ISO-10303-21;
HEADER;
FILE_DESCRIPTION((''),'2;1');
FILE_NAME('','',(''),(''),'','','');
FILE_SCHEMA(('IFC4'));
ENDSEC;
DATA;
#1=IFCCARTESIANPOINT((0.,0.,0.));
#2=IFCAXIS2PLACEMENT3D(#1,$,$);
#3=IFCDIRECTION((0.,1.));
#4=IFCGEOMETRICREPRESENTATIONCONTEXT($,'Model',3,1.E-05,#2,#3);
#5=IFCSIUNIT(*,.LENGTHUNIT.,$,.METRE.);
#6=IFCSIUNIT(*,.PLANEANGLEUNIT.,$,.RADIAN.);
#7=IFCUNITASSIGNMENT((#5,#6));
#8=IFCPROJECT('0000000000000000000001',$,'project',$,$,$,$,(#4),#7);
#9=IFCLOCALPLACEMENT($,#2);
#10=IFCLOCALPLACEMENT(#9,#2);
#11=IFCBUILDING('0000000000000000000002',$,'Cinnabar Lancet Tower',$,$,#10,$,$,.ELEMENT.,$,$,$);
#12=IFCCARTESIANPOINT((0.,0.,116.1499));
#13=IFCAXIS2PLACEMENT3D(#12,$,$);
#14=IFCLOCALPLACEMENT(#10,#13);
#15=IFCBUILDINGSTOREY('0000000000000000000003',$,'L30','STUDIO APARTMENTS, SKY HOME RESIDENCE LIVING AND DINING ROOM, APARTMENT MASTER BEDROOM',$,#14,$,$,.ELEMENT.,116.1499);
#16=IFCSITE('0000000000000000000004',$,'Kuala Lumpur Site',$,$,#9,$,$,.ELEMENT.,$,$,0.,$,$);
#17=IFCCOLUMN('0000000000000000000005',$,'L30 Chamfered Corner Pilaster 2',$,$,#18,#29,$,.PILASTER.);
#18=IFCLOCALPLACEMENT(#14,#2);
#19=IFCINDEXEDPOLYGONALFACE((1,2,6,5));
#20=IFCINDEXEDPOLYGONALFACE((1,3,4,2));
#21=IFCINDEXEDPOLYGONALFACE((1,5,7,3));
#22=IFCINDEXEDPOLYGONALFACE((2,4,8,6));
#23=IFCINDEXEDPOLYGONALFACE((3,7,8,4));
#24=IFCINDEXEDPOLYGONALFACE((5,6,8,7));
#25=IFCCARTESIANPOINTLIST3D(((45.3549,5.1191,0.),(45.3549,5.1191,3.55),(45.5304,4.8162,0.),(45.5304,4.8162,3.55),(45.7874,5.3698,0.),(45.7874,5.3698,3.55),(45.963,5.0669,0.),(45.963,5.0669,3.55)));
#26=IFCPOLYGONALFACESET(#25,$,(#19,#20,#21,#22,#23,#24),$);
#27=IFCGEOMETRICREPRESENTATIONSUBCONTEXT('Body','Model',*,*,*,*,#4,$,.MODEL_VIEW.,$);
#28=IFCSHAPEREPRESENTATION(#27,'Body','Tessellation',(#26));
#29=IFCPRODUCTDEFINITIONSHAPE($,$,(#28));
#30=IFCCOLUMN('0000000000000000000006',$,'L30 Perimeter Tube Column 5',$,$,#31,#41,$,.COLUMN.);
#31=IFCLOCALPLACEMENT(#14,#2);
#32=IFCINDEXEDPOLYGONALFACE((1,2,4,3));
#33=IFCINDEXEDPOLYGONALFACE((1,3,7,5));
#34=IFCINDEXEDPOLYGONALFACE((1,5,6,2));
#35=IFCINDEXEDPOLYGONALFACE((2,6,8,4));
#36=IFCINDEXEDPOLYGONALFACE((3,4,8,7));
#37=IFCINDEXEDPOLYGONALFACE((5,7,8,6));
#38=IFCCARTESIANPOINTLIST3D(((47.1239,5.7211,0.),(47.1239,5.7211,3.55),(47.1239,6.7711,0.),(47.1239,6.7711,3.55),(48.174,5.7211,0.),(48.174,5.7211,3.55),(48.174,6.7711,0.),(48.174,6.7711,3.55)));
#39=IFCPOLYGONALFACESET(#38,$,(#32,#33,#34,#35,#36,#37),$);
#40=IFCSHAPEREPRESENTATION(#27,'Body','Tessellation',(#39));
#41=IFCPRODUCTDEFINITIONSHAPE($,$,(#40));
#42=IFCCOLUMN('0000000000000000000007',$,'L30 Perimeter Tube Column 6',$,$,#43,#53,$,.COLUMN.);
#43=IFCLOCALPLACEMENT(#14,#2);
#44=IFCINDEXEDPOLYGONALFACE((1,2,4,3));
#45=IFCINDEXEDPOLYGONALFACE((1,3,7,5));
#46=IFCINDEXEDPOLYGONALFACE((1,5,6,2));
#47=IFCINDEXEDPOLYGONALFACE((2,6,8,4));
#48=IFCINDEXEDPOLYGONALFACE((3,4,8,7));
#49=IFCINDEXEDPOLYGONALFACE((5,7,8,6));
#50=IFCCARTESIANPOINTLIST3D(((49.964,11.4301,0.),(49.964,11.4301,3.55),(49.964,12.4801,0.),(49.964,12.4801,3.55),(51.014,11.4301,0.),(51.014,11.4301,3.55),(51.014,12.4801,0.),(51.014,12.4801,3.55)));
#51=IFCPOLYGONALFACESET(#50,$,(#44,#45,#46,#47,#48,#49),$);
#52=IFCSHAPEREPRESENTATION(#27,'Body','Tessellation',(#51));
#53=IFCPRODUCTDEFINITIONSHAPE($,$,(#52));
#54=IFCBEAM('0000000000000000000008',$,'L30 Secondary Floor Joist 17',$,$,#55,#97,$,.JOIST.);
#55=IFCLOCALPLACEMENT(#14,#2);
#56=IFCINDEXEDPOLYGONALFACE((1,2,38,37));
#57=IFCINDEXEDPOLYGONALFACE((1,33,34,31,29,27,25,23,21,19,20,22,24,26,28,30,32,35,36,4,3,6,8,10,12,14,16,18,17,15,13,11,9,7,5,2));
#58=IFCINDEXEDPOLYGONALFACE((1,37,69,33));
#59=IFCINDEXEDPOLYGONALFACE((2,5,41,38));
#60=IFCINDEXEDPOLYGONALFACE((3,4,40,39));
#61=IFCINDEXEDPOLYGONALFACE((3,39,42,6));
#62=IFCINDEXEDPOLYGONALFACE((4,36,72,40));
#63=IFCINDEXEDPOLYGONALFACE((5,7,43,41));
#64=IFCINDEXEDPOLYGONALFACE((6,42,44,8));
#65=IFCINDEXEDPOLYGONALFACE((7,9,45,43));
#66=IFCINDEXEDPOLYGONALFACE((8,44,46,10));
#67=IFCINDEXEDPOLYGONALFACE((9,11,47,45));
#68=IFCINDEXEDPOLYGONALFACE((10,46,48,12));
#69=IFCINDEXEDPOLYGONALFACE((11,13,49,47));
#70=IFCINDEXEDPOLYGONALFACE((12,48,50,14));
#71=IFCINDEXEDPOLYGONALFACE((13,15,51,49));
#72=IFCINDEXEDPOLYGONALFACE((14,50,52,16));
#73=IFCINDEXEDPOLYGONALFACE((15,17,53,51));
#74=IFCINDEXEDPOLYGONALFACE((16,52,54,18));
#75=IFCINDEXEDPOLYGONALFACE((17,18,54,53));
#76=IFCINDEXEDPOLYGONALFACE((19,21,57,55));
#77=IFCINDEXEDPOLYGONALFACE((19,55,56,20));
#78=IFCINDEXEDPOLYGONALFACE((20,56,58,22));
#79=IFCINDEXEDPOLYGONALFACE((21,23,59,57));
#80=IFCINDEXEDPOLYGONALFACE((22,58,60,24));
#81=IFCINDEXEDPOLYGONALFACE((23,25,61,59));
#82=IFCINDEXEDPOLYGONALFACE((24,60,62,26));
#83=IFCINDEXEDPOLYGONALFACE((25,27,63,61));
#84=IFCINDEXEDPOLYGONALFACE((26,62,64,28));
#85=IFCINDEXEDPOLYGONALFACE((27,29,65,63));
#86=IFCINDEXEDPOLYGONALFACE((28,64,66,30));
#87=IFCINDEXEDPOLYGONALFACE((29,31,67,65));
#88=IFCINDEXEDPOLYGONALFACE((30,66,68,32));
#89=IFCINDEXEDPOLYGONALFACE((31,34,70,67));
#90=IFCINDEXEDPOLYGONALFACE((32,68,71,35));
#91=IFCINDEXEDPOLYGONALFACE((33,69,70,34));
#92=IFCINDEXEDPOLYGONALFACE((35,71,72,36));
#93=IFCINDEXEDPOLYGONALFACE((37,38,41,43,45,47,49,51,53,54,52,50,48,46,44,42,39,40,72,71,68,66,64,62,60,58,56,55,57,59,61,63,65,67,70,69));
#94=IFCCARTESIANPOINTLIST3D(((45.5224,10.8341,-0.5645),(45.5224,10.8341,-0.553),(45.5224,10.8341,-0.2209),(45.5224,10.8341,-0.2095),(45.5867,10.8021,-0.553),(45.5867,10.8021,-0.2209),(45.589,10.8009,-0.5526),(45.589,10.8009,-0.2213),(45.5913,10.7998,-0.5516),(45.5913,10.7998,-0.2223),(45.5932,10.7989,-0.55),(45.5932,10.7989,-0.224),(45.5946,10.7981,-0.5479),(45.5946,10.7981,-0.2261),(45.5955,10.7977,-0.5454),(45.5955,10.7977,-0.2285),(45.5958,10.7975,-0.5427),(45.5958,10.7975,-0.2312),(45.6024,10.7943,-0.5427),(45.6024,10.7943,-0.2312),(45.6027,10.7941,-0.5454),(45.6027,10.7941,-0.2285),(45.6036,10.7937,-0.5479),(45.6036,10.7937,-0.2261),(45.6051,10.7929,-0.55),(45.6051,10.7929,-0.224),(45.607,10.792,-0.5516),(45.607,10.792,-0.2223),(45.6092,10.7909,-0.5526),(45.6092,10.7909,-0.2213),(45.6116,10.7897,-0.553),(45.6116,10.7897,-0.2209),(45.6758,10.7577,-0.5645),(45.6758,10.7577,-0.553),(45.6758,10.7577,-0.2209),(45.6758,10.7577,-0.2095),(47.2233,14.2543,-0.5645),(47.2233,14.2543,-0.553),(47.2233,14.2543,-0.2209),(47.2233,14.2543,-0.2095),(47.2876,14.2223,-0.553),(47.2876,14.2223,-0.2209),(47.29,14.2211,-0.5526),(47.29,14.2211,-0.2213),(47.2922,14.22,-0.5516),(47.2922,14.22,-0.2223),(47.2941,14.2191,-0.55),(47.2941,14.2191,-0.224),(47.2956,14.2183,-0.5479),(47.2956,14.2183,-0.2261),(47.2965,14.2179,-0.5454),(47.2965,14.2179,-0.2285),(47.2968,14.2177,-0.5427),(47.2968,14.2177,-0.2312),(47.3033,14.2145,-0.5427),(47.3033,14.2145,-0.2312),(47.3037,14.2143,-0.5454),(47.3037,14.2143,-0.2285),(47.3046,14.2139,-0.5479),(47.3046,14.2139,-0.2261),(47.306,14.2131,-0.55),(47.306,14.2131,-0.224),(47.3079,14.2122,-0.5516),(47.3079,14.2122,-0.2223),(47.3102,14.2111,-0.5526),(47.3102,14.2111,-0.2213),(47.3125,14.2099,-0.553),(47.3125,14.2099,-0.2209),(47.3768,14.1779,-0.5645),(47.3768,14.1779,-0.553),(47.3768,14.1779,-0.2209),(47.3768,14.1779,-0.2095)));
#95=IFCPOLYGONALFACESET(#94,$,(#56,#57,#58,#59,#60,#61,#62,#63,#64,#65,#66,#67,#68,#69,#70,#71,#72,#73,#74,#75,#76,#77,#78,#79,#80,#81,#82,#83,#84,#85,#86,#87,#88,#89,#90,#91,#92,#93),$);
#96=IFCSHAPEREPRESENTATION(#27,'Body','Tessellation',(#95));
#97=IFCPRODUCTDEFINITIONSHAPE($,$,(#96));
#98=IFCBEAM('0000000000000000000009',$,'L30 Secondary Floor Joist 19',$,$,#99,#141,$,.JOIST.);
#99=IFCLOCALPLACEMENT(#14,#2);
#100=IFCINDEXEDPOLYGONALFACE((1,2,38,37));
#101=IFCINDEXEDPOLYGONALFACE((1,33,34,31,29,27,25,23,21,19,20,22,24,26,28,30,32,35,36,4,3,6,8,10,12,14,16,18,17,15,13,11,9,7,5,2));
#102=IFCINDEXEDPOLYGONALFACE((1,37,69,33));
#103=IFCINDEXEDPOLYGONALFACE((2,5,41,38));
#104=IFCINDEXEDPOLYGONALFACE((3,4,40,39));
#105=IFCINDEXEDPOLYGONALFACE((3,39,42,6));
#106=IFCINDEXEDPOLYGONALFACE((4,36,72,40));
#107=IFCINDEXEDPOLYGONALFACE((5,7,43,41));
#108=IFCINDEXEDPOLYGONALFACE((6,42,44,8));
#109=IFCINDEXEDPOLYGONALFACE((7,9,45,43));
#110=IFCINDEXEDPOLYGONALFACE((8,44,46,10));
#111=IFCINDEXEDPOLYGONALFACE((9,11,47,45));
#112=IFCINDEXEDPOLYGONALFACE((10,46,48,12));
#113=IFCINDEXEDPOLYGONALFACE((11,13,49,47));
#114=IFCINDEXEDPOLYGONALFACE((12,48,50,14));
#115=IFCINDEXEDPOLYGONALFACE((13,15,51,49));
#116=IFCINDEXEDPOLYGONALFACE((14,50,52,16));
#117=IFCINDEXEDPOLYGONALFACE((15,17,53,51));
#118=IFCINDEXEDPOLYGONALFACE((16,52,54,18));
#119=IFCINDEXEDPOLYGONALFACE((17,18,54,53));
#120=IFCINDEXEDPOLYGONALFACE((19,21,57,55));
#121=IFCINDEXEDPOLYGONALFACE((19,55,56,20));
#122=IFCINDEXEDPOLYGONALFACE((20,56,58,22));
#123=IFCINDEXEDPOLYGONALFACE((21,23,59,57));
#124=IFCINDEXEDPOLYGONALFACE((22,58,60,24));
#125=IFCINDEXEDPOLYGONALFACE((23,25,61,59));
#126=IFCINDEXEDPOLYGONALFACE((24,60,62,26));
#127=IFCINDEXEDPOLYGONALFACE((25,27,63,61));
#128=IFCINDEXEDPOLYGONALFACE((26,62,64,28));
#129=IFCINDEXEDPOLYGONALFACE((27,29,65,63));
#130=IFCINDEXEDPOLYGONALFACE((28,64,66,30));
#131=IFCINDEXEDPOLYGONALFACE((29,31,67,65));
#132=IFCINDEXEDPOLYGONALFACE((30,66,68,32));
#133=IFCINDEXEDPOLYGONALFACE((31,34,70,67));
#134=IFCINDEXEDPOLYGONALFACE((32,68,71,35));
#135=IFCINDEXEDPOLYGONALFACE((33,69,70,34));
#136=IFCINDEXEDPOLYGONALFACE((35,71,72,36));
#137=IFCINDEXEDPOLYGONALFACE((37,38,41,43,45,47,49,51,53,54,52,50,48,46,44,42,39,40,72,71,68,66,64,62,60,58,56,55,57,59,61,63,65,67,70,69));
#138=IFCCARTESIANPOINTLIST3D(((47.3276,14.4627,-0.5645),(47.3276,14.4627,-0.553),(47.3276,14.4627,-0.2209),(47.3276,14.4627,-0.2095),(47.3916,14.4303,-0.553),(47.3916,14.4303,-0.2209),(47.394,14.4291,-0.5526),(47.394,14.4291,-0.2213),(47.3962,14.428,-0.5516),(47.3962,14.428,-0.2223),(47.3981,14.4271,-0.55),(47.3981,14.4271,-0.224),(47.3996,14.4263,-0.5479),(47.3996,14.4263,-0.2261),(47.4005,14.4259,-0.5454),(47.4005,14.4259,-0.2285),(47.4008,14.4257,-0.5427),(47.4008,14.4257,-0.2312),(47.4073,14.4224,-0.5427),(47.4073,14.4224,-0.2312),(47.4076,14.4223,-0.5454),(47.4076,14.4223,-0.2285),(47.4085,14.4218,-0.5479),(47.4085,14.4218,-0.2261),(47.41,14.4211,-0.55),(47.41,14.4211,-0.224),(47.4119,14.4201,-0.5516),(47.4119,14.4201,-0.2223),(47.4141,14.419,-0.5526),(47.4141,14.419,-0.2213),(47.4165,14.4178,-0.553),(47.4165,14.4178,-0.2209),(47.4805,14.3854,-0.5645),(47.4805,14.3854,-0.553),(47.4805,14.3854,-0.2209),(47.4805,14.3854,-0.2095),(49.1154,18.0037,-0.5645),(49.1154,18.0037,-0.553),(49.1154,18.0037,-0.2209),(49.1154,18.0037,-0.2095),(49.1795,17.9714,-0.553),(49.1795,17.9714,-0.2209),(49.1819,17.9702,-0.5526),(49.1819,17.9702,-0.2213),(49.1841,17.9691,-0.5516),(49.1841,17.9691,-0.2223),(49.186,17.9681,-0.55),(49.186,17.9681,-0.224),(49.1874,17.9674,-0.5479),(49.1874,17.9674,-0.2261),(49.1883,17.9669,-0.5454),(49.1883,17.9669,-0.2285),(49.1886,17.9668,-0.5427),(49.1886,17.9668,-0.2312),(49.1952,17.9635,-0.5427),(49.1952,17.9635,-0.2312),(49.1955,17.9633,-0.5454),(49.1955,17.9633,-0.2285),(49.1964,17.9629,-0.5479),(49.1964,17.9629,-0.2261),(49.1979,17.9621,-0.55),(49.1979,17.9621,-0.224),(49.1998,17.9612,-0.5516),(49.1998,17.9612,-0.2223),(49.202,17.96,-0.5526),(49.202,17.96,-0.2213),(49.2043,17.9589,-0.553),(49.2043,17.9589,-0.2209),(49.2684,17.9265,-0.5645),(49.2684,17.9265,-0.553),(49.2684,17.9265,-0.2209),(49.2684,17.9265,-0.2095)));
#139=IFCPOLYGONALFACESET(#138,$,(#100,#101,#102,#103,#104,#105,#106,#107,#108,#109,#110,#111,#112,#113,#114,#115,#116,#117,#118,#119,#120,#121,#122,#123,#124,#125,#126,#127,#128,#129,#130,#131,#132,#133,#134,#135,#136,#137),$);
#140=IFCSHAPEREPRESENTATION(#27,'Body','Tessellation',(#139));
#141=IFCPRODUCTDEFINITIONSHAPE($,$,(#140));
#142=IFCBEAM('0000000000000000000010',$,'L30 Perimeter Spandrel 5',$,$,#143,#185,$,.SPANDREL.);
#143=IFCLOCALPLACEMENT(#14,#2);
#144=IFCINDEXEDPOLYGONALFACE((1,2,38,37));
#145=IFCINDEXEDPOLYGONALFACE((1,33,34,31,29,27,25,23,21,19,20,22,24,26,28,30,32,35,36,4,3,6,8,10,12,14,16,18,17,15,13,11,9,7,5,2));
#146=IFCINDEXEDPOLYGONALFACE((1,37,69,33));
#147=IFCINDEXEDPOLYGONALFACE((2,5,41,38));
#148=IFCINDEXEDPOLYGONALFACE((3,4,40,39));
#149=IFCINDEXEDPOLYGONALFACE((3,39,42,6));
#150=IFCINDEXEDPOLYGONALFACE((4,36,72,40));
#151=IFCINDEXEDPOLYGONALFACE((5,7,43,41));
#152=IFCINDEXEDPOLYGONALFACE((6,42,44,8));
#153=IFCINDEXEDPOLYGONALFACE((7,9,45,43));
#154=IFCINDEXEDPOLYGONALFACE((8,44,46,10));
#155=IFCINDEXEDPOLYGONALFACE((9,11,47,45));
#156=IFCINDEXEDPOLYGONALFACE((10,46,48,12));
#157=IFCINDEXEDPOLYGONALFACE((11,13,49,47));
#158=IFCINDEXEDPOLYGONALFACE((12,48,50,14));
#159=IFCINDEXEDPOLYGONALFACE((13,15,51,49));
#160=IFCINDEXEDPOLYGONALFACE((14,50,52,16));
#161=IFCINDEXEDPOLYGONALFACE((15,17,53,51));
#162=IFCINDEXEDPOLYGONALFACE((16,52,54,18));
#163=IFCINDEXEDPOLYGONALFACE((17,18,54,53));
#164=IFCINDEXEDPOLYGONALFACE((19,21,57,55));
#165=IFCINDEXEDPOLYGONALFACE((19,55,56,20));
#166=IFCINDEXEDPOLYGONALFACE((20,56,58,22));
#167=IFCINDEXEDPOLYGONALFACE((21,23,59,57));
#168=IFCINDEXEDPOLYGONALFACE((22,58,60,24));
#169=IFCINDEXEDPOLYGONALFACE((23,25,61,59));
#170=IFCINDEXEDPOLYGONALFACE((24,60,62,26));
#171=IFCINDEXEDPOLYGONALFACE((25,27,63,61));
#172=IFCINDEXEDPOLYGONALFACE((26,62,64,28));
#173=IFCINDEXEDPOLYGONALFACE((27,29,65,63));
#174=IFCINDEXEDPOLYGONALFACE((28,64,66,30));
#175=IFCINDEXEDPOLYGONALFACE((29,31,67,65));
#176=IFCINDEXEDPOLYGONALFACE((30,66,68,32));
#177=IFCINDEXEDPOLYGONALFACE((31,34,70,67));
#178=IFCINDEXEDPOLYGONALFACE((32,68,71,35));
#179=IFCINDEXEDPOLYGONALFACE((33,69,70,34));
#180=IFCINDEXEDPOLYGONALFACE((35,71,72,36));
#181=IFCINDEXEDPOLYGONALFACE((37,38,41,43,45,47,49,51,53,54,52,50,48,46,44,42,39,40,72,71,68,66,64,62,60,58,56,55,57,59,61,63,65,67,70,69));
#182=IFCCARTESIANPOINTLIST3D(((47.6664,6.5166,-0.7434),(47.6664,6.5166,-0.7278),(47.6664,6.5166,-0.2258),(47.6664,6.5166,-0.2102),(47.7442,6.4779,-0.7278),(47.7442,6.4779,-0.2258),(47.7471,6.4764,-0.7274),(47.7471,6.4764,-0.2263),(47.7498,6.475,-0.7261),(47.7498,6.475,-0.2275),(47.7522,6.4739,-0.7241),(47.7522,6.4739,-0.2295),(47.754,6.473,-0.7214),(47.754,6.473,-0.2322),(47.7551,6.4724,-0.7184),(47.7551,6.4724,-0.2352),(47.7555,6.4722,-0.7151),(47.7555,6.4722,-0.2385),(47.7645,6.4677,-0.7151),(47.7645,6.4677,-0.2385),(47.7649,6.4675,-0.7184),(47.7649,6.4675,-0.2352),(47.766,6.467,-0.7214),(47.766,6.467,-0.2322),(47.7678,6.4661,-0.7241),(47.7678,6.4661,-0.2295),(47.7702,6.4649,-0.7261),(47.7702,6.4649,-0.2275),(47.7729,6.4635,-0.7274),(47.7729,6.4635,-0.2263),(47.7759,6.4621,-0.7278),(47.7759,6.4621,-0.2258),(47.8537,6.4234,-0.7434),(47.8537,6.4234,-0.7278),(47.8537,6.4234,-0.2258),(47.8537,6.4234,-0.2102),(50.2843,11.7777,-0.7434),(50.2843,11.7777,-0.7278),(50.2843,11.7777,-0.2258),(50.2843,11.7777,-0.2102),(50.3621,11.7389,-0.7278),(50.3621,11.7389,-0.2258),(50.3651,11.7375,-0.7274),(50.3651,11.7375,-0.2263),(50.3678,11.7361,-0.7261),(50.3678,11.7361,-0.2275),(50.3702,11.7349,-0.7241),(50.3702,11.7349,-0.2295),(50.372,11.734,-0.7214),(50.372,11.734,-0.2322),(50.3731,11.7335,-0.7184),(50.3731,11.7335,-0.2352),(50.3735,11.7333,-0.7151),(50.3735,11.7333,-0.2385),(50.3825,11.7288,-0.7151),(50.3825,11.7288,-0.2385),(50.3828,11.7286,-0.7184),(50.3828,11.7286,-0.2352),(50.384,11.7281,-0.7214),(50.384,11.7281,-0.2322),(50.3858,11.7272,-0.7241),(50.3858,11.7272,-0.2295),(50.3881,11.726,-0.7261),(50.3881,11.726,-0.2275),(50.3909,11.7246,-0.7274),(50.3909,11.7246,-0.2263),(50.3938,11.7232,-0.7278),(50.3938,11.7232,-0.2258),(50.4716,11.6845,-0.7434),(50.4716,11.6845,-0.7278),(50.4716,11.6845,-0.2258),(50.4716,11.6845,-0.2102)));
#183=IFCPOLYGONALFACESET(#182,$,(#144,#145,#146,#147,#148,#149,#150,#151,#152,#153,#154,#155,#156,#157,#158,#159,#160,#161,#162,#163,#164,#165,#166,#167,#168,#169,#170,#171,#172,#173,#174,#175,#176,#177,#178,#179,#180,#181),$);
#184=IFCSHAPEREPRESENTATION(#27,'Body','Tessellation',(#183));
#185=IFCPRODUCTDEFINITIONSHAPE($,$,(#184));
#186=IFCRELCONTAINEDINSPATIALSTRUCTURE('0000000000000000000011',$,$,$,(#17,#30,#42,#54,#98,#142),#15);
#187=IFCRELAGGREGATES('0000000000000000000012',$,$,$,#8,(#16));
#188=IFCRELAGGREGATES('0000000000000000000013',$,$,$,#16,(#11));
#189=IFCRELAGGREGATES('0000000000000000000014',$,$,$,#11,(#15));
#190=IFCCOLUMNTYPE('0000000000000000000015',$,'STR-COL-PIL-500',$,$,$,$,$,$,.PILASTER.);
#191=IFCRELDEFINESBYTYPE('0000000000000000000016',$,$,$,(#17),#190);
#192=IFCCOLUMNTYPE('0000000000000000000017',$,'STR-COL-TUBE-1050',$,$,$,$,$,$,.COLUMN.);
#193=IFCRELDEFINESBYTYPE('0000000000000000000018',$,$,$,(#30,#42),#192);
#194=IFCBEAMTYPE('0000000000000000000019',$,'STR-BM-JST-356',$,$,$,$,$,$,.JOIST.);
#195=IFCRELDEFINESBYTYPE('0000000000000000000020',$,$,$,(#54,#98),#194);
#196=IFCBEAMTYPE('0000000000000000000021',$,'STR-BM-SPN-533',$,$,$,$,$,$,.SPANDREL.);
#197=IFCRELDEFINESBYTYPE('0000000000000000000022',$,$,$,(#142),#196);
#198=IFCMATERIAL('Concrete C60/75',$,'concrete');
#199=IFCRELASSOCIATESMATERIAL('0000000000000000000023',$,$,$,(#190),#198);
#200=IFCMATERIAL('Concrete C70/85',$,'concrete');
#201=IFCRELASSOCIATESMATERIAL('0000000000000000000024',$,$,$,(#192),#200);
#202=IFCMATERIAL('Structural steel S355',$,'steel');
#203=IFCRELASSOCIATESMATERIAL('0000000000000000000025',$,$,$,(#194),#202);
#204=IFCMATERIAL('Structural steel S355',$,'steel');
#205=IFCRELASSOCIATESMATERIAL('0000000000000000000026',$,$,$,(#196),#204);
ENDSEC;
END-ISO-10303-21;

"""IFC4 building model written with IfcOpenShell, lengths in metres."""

from ifc_helpers import new_model, si_unit, direction, frame, origin, origin_2d, place, context, subcontext, project, spatial, rectangle, i_section, extrude, material, material_profile, profile_set, type_object, element, save


model = new_model("IFC4")

# Units and contexts
model_context = context("Model", 3, precision=1e-05, world=origin(), true_north=direction((0.0, 1.0)))
body_context = subcontext(model_context, "Body", "Model", "MODEL_VIEW")
ifc_project = project(units=[si_unit("LENGTHUNIT", "METRE"), si_unit("PLANEANGLEUNIT", "RADIAN")], contexts=[model_context])

# Site, building, storey
site_placement = place(None, origin())
site = spatial("IfcSite", under=ifc_project, at=site_placement, Name="Kuala Lumpur Site", CompositionType="ELEMENT", RefElevation=0.0)
building_placement = place(site_placement, origin())
building = spatial("IfcBuilding", under=site, at=building_placement, Name="Cinnabar Lancet Tower", CompositionType="ELEMENT")
storey_placement = place(building_placement, frame((0.0, 0.0, 116.1499)))
storey = spatial("IfcBuildingStorey", under=building, at=storey_placement, Name="L30", Description="STUDIO APARTMENTS, SKY HOME RESIDENCE LIVING AND DINING ROOM, APARTMENT MASTER BEDROOM", CompositionType="ELEMENT", Elevation=116.1499)

# Columns
ifc_material_1 = material(Name="Concrete C60/75", Category="concrete")
ifc_material_profile_1 = material_profile(ifc_material_1, rectangle(XDim=0.5, YDim=0.3501, at=origin_2d()), Name="RC-PIL 500x350")
ifc_profile_set_1 = profile_set([ifc_material_profile_1], Name="Concrete C60/75")
column_type_1 = type_object("IfcColumnType", Name="STR-COL-PIL-500", PredefinedType="PILASTER", material=ifc_profile_set_1)
column_placement = place(storey_placement, frame((45.6589, 5.093, 0.0), z_axis=(0.0, 0.0, 1.0), x_axis=(0.86516, 0.501496, 0.0)))
element("IfcColumn", 1, at=column_placement, inside=storey, type_object=column_type_1, Name="L30 Chamfered Corner Pilaster 2", PredefinedType="PILASTER", context=body_context, shape_type="SweptSolid", body=[
    extrude(rectangle(XDim=0.5, YDim=0.3501, at=origin_2d()), origin(), (0.0, 0.0, 1.0), 3.55),
])
ifc_material_2 = material(Name="Concrete C70/85", Category="concrete")
ifc_material_profile_2 = material_profile(ifc_material_2, rectangle(XDim=1.05, YDim=1.05, at=origin_2d()), Name="RC-COL 1050x1050")
ifc_profile_set_2 = profile_set([ifc_material_profile_2], Name="Concrete C70/85")
column_type_2 = type_object("IfcColumnType", Name="STR-COL-TUBE-1050", PredefinedType="COLUMN", material=ifc_profile_set_2)
for number, where, z_axis, x_axis, name in (
    (2, (47.6489, 6.2461, 0.0), (0.0, 0.0, 1.0), (1.0, 0.0, 0.0), "L30 Perimeter Tube Column 5"),
    (3, (50.489, 11.9551, 0.0), (0.0, 0.0, 1.0), (1.0, 0.0, 0.0), "L30 Perimeter Tube Column 6"),
):
    element("IfcColumn", number, at=place(storey_placement, frame(where, z_axis=z_axis, x_axis=x_axis)), inside=storey, type_object=column_type_2, Name=name, PredefinedType="COLUMN", context=body_context, shape_type="SweptSolid", body=[
        extrude(rectangle(XDim=1.05, YDim=1.05, at=origin_2d()), origin(), (0.0, 0.0, 1.0), 3.55),
    ])

# Beams
ifc_material_3 = material(Name="Structural steel S355", Category="steel")
ifc_material_profile_3 = material_profile(ifc_material_3, i_section(OverallWidth=0.1714, OverallDepth=0.355, WebThickness=0.0073, FlangeThickness=0.0115, FilletRadius=0.0103, at=origin_2d()), Name="UKB 356x171x51")
ifc_profile_set_3 = profile_set([ifc_material_profile_3], Name="Structural steel S355")
beam_type_1 = type_object("IfcBeamType", Name="STR-BM-JST-356", PredefinedType="JOIST", material=ifc_profile_set_3)
beam_1_placement = place(storey_placement, frame((45.5991, 10.7959, -0.387), z_axis=(0.445295, 0.895384, 0.0), x_axis=(-0.895384, 0.445295, 0.0)))
element("IfcBeam", 4, at=beam_1_placement, inside=storey, type_object=beam_type_1, Name="L30 Secondary Floor Joist 17", PredefinedType="JOIST", context=body_context, shape_type="SweptSolid", body=[
    extrude(i_section(OverallWidth=0.1714, OverallDepth=0.355, WebThickness=0.0073, FlangeThickness=0.0115, FilletRadius=0.0103, at=origin_2d()), origin(), (0.0, 0.0, 1.0), 3.8198),
])
beam_2_placement = place(storey_placement, frame((47.4041, 14.4241, -0.387), z_axis=(0.450706, 0.892672, 0.0), x_axis=(-0.892672, 0.450706, 0.0)))
element("IfcBeam", 5, at=beam_2_placement, inside=storey, type_object=beam_type_1, Name="L30 Secondary Floor Joist 19", PredefinedType="JOIST", context=body_context, shape_type="SweptSolid", body=[
    extrude(i_section(OverallWidth=0.1714, OverallDepth=0.355, WebThickness=0.0073, FlangeThickness=0.0115, FilletRadius=0.0103, at=origin_2d()), origin(), (0.0, 0.0, 1.0), 3.9668),
])
ifc_material_4 = material(Name="Structural steel S355", Category="steel")
ifc_material_profile_4 = material_profile(ifc_material_4, i_section(OverallWidth=0.2092, OverallDepth=0.5332, WebThickness=0.01, FlangeThickness=0.0156, FilletRadius=0.0127, at=origin_2d()), Name="UKB 533x210x92")
ifc_profile_set_4 = profile_set([ifc_material_profile_4], Name="Structural steel S355")
beam_type_2 = type_object("IfcBeamType", Name="STR-BM-SPN-533", PredefinedType="SPANDREL", material=ifc_profile_set_4)
beam_3_placement = place(storey_placement, frame((47.76, 6.47, -0.4768), z_axis=(0.445501, 0.895281, 0.0), x_axis=(-0.895281, 0.445501, 0.0)))
element("IfcBeam", 6, at=beam_3_placement, inside=storey, type_object=beam_type_2, Name="L30 Perimeter Spandrel 5", PredefinedType="SPANDREL", context=body_context, shape_type="SweptSolid", body=[
    extrude(i_section(OverallWidth=0.2092, OverallDepth=0.5332, WebThickness=0.01, FlangeThickness=0.0156, FilletRadius=0.0127, at=origin_2d()), origin(), (0.0, 0.0, 1.0), 5.8765),
])

save(model, "model.ifc")
